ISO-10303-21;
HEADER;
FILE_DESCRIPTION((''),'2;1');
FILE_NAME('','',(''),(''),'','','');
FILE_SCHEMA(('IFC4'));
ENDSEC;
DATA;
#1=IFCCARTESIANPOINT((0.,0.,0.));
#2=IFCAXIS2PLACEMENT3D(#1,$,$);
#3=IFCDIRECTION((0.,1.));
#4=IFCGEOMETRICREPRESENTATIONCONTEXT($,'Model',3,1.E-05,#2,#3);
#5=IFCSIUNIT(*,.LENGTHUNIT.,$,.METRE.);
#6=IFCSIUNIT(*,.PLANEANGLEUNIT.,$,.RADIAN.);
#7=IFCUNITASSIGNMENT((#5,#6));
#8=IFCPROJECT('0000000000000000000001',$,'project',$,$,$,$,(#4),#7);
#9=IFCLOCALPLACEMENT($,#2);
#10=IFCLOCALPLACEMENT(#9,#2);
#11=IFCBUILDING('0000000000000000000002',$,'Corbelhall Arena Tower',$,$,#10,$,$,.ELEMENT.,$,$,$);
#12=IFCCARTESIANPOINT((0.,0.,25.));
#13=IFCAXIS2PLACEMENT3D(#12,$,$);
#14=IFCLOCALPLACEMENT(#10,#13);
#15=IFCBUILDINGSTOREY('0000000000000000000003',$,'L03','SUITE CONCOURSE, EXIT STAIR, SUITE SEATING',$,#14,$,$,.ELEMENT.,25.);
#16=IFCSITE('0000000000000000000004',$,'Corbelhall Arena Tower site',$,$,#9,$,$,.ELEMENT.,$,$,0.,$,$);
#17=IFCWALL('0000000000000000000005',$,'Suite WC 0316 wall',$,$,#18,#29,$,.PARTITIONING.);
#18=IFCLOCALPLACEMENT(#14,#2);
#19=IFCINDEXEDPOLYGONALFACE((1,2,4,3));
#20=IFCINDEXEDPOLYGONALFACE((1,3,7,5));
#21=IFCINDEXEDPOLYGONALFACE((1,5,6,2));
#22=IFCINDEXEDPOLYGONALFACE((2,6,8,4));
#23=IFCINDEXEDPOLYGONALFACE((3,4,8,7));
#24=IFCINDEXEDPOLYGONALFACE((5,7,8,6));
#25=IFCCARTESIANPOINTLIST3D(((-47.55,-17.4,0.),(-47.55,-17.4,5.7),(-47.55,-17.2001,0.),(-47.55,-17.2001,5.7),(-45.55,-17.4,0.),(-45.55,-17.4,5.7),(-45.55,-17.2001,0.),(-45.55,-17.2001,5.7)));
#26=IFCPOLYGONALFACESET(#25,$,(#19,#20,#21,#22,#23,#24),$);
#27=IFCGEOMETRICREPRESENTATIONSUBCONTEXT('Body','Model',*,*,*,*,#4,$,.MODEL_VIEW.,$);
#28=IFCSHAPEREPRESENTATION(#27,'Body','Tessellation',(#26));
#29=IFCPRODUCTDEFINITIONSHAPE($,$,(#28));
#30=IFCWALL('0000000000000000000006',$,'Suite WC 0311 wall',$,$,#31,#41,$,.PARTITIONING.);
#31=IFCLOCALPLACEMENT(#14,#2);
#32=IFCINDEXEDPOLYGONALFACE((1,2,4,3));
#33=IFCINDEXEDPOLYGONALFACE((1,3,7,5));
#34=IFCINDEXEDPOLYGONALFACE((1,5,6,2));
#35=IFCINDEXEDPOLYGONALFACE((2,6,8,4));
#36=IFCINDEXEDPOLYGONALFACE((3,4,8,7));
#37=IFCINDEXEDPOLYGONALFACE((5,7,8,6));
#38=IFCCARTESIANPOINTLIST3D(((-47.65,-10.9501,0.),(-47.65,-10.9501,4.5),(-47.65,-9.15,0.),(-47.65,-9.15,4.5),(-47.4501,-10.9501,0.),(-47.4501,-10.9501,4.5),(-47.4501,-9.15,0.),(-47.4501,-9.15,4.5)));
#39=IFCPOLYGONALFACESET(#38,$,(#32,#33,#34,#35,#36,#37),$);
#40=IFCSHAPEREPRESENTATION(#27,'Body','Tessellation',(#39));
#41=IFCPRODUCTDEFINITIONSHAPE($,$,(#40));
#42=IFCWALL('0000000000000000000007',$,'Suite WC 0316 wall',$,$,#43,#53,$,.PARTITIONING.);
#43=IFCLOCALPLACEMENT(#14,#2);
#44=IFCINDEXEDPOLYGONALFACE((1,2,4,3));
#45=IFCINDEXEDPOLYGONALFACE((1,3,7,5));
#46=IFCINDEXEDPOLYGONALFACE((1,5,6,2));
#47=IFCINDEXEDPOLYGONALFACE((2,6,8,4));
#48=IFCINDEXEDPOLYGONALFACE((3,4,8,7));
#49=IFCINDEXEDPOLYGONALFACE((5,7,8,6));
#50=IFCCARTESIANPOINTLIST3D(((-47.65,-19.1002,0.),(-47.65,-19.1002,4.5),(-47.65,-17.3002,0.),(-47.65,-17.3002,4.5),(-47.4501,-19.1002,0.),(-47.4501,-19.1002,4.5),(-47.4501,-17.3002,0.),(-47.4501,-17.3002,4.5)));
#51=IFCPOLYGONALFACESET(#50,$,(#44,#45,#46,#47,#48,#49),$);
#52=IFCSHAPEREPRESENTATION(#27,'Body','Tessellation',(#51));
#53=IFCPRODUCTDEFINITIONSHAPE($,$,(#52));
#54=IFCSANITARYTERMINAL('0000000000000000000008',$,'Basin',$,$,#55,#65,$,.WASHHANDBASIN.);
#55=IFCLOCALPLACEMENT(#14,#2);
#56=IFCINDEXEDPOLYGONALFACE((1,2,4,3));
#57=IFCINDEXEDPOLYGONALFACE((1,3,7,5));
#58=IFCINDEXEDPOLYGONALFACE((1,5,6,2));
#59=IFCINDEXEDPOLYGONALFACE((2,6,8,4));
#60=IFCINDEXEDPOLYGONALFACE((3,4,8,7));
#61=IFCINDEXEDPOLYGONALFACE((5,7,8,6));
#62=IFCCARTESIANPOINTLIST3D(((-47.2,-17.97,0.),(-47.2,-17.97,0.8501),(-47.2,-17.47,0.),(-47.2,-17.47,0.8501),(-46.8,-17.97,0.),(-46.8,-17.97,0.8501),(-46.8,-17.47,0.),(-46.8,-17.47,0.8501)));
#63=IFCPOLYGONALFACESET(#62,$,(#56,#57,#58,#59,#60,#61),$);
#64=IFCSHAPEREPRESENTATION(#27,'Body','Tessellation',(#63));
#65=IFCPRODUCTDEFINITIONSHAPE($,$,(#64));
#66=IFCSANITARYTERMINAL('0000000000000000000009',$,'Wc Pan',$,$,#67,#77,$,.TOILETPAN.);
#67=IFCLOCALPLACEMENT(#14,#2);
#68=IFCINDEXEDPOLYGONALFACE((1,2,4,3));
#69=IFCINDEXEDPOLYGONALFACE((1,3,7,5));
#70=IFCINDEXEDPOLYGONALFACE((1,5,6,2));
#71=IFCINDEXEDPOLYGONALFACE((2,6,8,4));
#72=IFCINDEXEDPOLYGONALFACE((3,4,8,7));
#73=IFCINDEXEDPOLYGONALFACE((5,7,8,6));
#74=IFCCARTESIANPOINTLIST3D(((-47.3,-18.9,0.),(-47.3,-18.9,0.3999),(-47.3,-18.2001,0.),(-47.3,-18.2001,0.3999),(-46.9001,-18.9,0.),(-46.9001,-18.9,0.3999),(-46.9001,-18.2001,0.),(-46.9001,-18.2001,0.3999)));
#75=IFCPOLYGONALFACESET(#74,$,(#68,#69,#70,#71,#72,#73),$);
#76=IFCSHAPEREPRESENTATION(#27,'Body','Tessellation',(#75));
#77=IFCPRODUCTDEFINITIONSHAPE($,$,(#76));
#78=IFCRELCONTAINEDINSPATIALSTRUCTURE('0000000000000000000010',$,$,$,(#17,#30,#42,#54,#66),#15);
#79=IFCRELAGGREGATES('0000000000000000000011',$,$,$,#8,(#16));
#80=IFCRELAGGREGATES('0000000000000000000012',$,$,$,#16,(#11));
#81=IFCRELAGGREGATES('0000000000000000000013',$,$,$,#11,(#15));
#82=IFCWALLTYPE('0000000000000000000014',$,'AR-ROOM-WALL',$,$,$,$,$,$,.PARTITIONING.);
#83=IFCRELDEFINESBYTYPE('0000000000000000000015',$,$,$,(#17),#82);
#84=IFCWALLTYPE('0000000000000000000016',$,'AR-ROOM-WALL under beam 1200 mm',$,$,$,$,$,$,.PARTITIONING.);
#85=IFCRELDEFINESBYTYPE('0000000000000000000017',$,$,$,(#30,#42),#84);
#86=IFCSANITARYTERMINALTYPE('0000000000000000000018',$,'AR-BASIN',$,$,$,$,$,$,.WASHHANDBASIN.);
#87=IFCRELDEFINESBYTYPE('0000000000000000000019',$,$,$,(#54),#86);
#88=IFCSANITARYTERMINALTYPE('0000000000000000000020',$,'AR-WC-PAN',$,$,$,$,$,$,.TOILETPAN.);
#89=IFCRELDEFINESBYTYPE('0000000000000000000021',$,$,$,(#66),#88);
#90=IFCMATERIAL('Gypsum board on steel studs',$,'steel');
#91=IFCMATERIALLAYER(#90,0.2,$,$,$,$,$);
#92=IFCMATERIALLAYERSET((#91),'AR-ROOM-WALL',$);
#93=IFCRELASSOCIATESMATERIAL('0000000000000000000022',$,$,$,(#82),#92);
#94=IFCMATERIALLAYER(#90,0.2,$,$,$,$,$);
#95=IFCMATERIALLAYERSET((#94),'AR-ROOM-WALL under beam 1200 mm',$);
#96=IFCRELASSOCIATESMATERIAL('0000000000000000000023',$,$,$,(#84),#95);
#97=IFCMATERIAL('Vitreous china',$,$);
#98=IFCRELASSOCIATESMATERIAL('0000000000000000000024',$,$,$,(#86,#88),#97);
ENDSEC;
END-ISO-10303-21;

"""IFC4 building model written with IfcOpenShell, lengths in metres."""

from ifc_helpers import new_model, si_unit, direction, frame, frame_2d, origin, origin_2d, place, context, subcontext, project, spatial, rectangle, extrude, material, layer, layer_set, type_object, element, save


model = new_model("IFC4")

# Units and contexts
model_context = context("Model", 3, precision=1e-05, world=origin(), true_north=direction((0.0, 1.0)))
body_context = subcontext(model_context, "Body", "Model", "MODEL_VIEW")
ifc_project = project(units=[si_unit("LENGTHUNIT", "METRE"), si_unit("PLANEANGLEUNIT", "RADIAN")], contexts=[model_context])

# Site, building, storey
site_placement = place(None, origin())
site = spatial("IfcSite", under=ifc_project, at=site_placement, Name="Corbelhall Arena Tower site", CompositionType="ELEMENT", RefElevation=0.0)
building_placement = place(site_placement, origin())
building = spatial("IfcBuilding", under=site, at=building_placement, Name="Corbelhall Arena Tower", CompositionType="ELEMENT")
storey_placement = place(building_placement, frame((0.0, 0.0, 25.0)))
storey = spatial("IfcBuildingStorey", under=building, at=storey_placement, Name="L03", Description="SUITE CONCOURSE, EXIT STAIR, SUITE SEATING", CompositionType="ELEMENT", Elevation=25.0)

# Shared definitions
ifc_material_1 = material(Name="Gypsum board on steel studs", Category="steel")
ifc_layer_1 = layer(ifc_material_1, 0.2)
ifc_layer_set_1 = layer_set([ifc_layer_1], Name="AR-ROOM-WALL")
wall_type_1 = type_object("IfcWallType", Name="AR-ROOM-WALL", PredefinedType="PARTITIONING", material=ifc_layer_set_1)

# Wall
for number, where, z_axis, x_axis, name in (
    (1, (-45.55, -17.3, 0.0), (0.0, 0.0, 1.0), (-1.0, 0.0, 0.0), "Suite WC 0316 wall"),
):
    element("IfcWall", number, at=place(storey_placement, frame(where, z_axis=z_axis, x_axis=x_axis)), inside=storey, type_object=wall_type_1, Name=name, PredefinedType="PARTITIONING", context=body_context, shape_type="SweptSolid", body=[
        extrude(rectangle(XDim=2.0, YDim=0.2, at=frame_2d((1.0, 0.0))), origin(), (0.0, 0.0, 1.0), 5.7),
    ])

# Walls
ifc_layer_2 = layer(ifc_material_1, 0.2)
ifc_layer_set_2 = layer_set([ifc_layer_2], Name="AR-ROOM-WALL under beam 1200 mm")
wall_type_2 = type_object("IfcWallType", Name="AR-ROOM-WALL under beam 1200 mm", PredefinedType="PARTITIONING", material=ifc_layer_set_2)
for number, where, z_axis, x_axis, name in (
    (2, (-47.55, -10.95, 0.0), (0.0, 0.0, 1.0), (0.0, 1.0, 0.0), "Suite WC 0311 wall"),
    (3, (-47.55, -19.1001, 0.0), (0.0, 0.0, 1.0), (0.0, 1.0, 0.0), "Suite WC 0316 wall"),
):
    element("IfcWall", number, at=place(storey_placement, frame(where, z_axis=z_axis, x_axis=x_axis)), inside=storey, type_object=wall_type_2, Name=name, PredefinedType="PARTITIONING", context=body_context, shape_type="SweptSolid", body=[
        extrude(rectangle(XDim=1.8, YDim=0.2, at=frame_2d((0.8999, 0.0))), origin(), (0.0, 0.0, 1.0), 4.5),
    ])

# Sanitary terminals
ifc_material_2 = material(Name="Vitreous china")
sanitary_terminal_type_1 = type_object("IfcSanitaryTerminalType", Name="AR-BASIN", PredefinedType="WASHHANDBASIN", material=ifc_material_2)
sanitary_terminal_1_placement = place(storey_placement, frame((-47.0, -17.72, 0.0), z_axis=(0.0, 0.0, 1.0), x_axis=(1.0, 0.0, 0.0)))
element("IfcSanitaryTerminal", 4, at=sanitary_terminal_1_placement, inside=storey, type_object=sanitary_terminal_type_1, Name="Basin", PredefinedType="WASHHANDBASIN", context=body_context, shape_type="SweptSolid", body=[
    extrude(rectangle(XDim=0.3999, YDim=0.5, at=origin_2d()), origin(), (0.0, 0.0, 1.0), 0.8501),
])
sanitary_terminal_type_2 = type_object("IfcSanitaryTerminalType", Name="AR-WC-PAN", PredefinedType="TOILETPAN", material=ifc_material_2)
sanitary_terminal_2_placement = place(storey_placement, frame((-47.1001, -18.55, 0.0), z_axis=(0.0, 0.0, 1.0), x_axis=(1.0, 0.0, 0.0)))
element("IfcSanitaryTerminal", 5, at=sanitary_terminal_2_placement, inside=storey, type_object=sanitary_terminal_type_2, Name="Wc Pan", PredefinedType="TOILETPAN", context=body_context, shape_type="SweptSolid", body=[
    extrude(rectangle(XDim=0.3999, YDim=0.7, at=origin_2d()), origin(), (0.0, 0.0, 1.0), 0.3999),
])

save(model, "model.ifc")
